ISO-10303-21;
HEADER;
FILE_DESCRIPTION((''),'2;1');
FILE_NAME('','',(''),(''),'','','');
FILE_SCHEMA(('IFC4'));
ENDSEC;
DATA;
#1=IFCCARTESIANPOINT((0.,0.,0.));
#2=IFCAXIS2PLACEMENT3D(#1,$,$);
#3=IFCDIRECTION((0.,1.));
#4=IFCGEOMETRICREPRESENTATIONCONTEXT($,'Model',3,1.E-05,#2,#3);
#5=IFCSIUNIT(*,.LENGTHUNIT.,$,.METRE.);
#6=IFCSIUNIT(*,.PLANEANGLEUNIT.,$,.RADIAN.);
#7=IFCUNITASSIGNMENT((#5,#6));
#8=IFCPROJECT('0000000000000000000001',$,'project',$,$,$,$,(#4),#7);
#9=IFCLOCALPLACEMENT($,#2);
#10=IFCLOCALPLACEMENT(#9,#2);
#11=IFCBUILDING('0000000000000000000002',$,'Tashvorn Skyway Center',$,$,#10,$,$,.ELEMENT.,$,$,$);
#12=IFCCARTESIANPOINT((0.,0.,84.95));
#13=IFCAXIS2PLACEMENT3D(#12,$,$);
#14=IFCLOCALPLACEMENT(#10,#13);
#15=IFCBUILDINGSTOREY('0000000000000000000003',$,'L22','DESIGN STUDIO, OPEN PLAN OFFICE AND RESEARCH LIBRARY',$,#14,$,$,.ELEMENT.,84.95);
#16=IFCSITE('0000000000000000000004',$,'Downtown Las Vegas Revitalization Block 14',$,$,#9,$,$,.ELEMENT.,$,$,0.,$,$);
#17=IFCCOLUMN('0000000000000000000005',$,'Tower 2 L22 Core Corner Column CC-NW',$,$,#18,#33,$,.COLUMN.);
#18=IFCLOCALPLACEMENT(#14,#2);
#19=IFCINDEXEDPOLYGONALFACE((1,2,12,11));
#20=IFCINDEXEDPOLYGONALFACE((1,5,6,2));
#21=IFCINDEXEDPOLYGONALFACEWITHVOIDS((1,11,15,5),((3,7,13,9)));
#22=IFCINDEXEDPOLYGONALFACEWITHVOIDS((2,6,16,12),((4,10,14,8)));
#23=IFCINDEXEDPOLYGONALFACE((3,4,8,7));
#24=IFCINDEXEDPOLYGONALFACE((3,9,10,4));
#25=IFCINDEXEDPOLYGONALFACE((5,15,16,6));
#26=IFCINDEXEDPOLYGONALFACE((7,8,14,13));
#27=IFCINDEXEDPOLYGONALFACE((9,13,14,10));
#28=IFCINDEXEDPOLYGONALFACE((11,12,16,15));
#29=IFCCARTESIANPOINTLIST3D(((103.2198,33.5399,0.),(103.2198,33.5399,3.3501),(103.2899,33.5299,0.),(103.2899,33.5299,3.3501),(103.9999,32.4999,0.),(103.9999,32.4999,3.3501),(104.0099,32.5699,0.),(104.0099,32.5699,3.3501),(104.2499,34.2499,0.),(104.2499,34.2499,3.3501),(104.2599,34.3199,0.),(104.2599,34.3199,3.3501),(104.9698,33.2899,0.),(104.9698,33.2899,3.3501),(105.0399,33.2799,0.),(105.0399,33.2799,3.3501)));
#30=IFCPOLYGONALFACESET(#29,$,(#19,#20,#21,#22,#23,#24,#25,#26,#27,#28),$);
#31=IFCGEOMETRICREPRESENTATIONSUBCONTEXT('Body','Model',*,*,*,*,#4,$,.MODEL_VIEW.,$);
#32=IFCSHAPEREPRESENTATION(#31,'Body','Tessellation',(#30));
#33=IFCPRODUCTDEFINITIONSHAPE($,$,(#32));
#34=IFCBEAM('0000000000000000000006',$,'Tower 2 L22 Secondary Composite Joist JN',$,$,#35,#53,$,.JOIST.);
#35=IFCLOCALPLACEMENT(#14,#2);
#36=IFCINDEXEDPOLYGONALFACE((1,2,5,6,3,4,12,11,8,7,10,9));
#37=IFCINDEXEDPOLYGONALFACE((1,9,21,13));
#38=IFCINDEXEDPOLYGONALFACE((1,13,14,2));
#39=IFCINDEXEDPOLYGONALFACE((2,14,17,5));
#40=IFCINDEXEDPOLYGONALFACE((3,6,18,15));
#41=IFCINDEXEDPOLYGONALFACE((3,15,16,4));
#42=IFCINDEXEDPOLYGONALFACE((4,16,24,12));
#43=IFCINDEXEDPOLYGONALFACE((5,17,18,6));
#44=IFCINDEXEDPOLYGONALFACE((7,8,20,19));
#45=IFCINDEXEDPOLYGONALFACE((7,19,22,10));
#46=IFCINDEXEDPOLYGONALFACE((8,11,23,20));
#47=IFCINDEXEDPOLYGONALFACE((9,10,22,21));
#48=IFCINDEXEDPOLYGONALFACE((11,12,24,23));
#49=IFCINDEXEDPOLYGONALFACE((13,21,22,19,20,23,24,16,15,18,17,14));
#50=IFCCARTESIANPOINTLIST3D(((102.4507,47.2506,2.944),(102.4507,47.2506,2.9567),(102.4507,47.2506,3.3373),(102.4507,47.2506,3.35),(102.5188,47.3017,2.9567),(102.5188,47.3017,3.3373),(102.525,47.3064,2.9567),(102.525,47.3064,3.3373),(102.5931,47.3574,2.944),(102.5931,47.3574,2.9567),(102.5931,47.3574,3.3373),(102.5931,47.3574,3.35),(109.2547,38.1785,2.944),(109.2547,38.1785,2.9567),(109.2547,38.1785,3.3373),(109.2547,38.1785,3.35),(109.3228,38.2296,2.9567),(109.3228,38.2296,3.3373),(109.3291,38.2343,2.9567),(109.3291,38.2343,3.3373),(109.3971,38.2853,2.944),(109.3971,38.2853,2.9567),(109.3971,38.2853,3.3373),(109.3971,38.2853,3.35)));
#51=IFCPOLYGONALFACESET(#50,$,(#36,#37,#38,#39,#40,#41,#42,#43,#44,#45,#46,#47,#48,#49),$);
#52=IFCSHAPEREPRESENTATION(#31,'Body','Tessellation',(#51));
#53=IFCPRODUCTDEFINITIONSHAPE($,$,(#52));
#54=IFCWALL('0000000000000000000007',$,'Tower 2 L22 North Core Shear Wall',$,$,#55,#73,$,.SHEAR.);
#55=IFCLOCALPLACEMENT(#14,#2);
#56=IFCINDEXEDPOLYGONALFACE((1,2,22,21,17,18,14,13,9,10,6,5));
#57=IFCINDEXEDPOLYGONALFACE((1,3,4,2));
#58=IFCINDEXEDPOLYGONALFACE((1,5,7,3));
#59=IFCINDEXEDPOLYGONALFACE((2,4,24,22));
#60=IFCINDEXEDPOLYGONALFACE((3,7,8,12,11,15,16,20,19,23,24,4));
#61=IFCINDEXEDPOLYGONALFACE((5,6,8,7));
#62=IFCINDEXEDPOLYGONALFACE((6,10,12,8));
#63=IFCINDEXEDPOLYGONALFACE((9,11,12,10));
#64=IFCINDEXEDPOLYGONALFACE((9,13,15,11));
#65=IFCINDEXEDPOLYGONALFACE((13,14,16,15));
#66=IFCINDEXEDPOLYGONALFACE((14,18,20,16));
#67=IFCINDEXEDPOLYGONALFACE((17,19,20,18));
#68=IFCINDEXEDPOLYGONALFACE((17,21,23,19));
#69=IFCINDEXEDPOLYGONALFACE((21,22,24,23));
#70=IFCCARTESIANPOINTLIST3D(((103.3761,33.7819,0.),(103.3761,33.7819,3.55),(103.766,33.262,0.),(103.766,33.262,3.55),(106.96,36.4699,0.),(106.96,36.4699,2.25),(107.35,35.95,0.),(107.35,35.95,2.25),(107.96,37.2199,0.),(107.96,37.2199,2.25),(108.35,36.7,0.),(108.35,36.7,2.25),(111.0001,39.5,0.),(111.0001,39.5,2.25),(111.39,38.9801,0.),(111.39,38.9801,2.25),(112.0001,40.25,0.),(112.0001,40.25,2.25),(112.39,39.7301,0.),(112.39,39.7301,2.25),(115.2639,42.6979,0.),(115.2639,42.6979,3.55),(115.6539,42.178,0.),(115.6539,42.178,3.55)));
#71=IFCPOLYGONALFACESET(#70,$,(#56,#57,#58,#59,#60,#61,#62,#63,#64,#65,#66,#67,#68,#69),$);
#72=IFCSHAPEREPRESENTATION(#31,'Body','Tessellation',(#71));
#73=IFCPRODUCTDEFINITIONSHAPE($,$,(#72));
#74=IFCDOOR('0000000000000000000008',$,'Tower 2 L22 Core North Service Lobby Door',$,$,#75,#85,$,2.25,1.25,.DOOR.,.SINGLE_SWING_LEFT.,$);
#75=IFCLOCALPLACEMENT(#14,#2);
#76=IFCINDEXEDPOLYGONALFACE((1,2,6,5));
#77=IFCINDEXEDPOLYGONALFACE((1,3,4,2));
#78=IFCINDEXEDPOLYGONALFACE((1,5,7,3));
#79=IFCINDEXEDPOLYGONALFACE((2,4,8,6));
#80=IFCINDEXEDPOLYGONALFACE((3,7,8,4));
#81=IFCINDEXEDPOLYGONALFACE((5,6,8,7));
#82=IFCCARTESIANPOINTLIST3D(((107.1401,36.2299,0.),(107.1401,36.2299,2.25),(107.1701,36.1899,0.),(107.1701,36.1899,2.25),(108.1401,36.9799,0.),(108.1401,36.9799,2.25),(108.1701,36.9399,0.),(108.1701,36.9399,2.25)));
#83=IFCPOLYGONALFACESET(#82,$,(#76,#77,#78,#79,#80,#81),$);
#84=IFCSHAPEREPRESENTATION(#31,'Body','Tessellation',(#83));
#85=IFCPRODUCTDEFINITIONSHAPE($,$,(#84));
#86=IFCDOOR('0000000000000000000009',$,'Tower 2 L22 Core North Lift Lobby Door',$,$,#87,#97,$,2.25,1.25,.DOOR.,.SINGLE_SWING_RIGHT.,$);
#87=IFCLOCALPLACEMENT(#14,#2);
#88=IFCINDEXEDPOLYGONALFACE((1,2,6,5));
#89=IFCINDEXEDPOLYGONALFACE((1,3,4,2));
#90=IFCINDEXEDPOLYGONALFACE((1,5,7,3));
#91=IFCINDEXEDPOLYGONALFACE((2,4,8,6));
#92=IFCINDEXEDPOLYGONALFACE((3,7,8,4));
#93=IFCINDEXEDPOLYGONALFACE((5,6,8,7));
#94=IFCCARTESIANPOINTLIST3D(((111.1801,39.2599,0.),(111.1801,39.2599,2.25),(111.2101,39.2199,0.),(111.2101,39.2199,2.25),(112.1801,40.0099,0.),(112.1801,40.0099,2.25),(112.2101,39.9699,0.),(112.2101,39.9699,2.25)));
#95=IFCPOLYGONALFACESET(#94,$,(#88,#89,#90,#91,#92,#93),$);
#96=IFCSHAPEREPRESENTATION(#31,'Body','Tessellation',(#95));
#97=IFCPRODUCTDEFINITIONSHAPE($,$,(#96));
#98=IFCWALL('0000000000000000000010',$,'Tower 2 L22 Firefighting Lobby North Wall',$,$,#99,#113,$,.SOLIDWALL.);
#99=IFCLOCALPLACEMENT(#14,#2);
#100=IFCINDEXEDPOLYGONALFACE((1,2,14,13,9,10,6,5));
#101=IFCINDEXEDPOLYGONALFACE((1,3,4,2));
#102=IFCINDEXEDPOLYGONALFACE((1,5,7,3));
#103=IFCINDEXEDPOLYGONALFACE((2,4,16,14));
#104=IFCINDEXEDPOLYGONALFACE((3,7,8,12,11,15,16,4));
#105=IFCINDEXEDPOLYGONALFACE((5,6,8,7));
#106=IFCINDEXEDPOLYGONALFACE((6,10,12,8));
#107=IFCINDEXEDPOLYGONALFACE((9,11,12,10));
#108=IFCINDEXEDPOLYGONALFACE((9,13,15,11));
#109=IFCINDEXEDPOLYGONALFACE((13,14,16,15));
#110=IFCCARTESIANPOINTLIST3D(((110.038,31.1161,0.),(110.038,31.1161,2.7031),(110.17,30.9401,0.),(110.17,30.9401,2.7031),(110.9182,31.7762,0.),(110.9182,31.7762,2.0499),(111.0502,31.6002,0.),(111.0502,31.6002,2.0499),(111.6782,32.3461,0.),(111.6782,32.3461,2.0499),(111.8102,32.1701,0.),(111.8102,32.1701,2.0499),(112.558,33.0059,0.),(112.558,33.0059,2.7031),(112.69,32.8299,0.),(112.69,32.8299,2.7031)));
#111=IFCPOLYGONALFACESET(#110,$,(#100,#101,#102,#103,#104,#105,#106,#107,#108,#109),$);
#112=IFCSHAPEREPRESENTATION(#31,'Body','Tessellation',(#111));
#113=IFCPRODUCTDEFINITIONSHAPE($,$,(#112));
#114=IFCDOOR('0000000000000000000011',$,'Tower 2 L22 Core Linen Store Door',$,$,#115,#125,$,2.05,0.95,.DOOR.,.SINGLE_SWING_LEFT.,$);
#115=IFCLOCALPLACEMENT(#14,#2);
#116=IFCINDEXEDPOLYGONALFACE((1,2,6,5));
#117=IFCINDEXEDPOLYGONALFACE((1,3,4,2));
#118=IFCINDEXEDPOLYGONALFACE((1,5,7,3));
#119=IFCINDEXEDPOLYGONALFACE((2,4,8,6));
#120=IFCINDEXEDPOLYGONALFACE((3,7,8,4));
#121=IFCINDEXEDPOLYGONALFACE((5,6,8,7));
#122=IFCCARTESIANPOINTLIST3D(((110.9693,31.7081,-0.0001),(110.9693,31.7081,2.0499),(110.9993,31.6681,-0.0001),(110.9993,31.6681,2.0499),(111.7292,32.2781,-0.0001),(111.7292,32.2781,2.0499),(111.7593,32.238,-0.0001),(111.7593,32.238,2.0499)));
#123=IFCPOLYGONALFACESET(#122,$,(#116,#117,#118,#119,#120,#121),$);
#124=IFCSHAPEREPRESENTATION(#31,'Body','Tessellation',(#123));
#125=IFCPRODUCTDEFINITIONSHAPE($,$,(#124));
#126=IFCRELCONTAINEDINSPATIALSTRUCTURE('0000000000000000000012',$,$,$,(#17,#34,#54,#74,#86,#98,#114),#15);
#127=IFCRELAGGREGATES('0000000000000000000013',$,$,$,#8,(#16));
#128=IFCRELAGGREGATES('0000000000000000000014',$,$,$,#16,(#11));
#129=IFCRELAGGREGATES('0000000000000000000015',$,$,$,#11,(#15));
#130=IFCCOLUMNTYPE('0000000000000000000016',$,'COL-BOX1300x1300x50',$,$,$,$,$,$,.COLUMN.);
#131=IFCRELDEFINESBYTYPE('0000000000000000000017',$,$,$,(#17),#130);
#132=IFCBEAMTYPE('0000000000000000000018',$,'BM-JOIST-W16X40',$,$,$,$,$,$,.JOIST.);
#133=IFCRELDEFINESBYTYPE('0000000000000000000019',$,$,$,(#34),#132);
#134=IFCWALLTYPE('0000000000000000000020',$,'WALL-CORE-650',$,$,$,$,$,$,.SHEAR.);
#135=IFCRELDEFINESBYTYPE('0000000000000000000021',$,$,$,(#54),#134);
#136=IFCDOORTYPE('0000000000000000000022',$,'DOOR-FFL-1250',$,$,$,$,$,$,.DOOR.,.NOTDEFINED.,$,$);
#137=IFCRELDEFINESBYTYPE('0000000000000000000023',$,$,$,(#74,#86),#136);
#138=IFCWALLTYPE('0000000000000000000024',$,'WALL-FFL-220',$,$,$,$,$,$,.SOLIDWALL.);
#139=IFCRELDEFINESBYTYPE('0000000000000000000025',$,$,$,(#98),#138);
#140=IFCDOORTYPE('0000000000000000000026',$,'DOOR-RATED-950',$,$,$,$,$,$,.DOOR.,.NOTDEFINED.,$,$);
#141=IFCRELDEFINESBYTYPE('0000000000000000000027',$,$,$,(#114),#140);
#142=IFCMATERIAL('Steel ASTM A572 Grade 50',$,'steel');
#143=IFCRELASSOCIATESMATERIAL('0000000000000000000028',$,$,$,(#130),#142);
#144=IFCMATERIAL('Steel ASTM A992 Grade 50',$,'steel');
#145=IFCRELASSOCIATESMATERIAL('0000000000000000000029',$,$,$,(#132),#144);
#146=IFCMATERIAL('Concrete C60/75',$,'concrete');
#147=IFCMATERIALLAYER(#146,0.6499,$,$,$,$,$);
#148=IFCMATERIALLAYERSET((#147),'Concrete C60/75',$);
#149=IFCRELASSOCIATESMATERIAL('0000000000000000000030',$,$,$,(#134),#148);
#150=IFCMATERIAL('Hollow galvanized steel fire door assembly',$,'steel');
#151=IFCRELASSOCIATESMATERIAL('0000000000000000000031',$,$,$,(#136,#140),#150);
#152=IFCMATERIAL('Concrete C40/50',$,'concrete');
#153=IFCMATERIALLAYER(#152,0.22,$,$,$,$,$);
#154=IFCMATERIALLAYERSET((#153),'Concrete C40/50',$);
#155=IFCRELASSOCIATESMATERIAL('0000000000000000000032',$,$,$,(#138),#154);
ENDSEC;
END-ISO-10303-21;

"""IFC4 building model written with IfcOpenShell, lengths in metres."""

from ifc_helpers import new_model, si_unit, direction, frame, frame_2d, origin, origin_2d, place, context, subcontext, project, spatial, rectangle, hollow_rectangle, i_section, extrude, material, layer, layer_set, material_profile, profile_set, type_object, element, fill, save


model = new_model("IFC4")

# Units and contexts
model_context = context("Model", 3, precision=1e-05, world=origin(), true_north=direction((0.0, 1.0)))
body_context = subcontext(model_context, "Body", "Model", "MODEL_VIEW")
ifc_project = project(units=[si_unit("LENGTHUNIT", "METRE"), si_unit("PLANEANGLEUNIT", "RADIAN")], contexts=[model_context])

# Site, building, storey
site_placement = place(None, origin())
site = spatial("IfcSite", under=ifc_project, at=site_placement, Name="Downtown Las Vegas Revitalization Block 14", CompositionType="ELEMENT", RefElevation=0.0)
building_placement = place(site_placement, origin())
building = spatial("IfcBuilding", under=site, at=building_placement, Name="Tashvorn Skyway Center", CompositionType="ELEMENT")
storey_placement = place(building_placement, frame((0.0, 0.0, 84.95)))
storey = spatial("IfcBuildingStorey", under=building, at=storey_placement, Name="L22", Description="DESIGN STUDIO, OPEN PLAN OFFICE AND RESEARCH LIBRARY", CompositionType="ELEMENT", Elevation=84.95)

# Column
ifc_material_1 = material(Name="Steel ASTM A572 Grade 50", Category="steel")
ifc_material_profile_1 = material_profile(ifc_material_1, hollow_rectangle(XDim=1.3, YDim=1.3, WallThickness=0.05, at=origin_2d()), Name="BOX1300x1300x50")
ifc_profile_set_1 = profile_set([ifc_material_profile_1], Name="Steel ASTM A572 Grade 50")
column_type = type_object("IfcColumnType", Name="COL-BOX1300x1300x50", PredefinedType="COLUMN", material=ifc_profile_set_1)
column_placement = place(storey_placement, frame((104.1299, 33.4099, 0.0), z_axis=(0.0, 0.0, 1.0), x_axis=(0.8, 0.6, 0.0)))
element("IfcColumn", 1, at=column_placement, inside=storey, type_object=column_type, Name="Tower 2 L22 Core Corner Column CC-NW", PredefinedType="COLUMN", context=body_context, shape_type="SweptSolid", body=[
    extrude(hollow_rectangle(XDim=1.3, YDim=1.3, WallThickness=0.05, at=origin_2d()), origin(), (0.0, 0.0, 1.0), 3.3501),
])

# Beam
ifc_material_2 = material(Name="Steel ASTM A992 Grade 50", Category="steel")
ifc_material_profile_2 = material_profile(ifc_material_2, i_section(OverallWidth=0.178, OverallDepth=0.406, WebThickness=0.0078, FlangeThickness=0.0127, at=origin_2d()), Name="W16X40")
ifc_profile_set_2 = profile_set([ifc_material_profile_2], Name="Steel ASTM A992 Grade 50")
beam_type = type_object("IfcBeamType", Name="BM-JOIST-W16X40", PredefinedType="JOIST", material=ifc_profile_set_2)
beam_placement = place(storey_placement, frame((109.3259, 38.2319, 3.147), z_axis=(-0.599997, 0.800003, 0.0), x_axis=(-0.800003, -0.599997, 0.0)))
element("IfcBeam", 2, at=beam_placement, inside=storey, type_object=beam_type, Name="Tower 2 L22 Secondary Composite Joist JN", PredefinedType="JOIST", context=body_context, shape_type="SweptSolid", body=[
    extrude(i_section(OverallWidth=0.178, OverallDepth=0.406, WebThickness=0.0078, FlangeThickness=0.0127, at=origin_2d()), origin(), (0.0, 0.0, 1.0), 11.3401),
])

# Wall, openings, doors
ifc_material_3 = material(Name="Concrete C60/75", Category="concrete")
ifc_layer_1 = layer(ifc_material_3, 0.6499)
ifc_layer_set_1 = layer_set([ifc_layer_1], Name="Concrete C60/75")
wall_type_1 = type_object("IfcWallType", Name="WALL-CORE-650", PredefinedType="SHEAR", material=ifc_layer_set_1)
wall_1_placement = place(storey_placement, frame((103.571, 33.522, 0.0), z_axis=(0.0, 0.0, 1.0), x_axis=(0.799998, 0.600003, 0.0)))
wall_1 = element("IfcWall", 3, at=wall_1_placement, inside=storey, type_object=wall_type_1, Name="Tower 2 L22 North Core Shear Wall", PredefinedType="SHEAR", context=body_context, shape_type="SweptSolid", body=[
    extrude(rectangle(XDim=14.8599, YDim=0.6499, at=frame_2d((7.4299, 0.0))), origin(), (0.0, 0.0, 1.0), 3.55),
])
opening_1_placement = place(wall_1_placement, frame((4.48, 0.0, 0.0)))
opening_1 = element("IfcOpeningElement", 4, at=opening_1_placement, cuts=wall_1, PredefinedType="OPENING", context=body_context, shape_type="SweptSolid", body=[
    extrude(rectangle(XDim=1.25, YDim=2.25, at=frame_2d((0.625, 1.125))), frame((0.0, 0.335, 0.0), z_axis=(0.0, -1.0, 0.0), x_axis=(1.0, 0.0, 0.0)), (0.0, 0.0, 1.0), 0.6699),
])
opening_2_placement = place(wall_1_placement, frame((9.53, 0.0, 0.0)))
opening_2 = element("IfcOpeningElement", 5, at=opening_2_placement, cuts=wall_1, PredefinedType="OPENING", context=body_context, shape_type="SweptSolid", body=[
    extrude(rectangle(XDim=1.25, YDim=2.25, at=frame_2d((0.625, 1.125))), frame((0.0, 0.335, 0.0), z_axis=(0.0, -1.0, 0.0), x_axis=(1.0, 0.0, 0.0)), (0.0, 0.0, 1.0), 0.6699),
])
ifc_material_4 = material(Name="Hollow galvanized steel fire door assembly", Category="steel")
door_type_1 = type_object("IfcDoorType", Name="DOOR-FFL-1250", OperationType="NOTDEFINED", PredefinedType="DOOR", material=ifc_material_4)
door_1_placement = place(opening_1_placement, origin())
door_1 = element("IfcDoor", 6, at=door_1_placement, inside=storey, type_object=door_type_1, Name="Tower 2 L22 Core North Service Lobby Door", OperationType="SINGLE_SWING_LEFT", OverallHeight=2.25, OverallWidth=1.25, PredefinedType="DOOR", context=body_context, shape_type="SweptSolid", body=[
    extrude(rectangle(XDim=1.25, YDim=2.25, at=frame_2d((0.625, 1.125))), frame((0.0, 0.0249, 0.0), z_axis=(0.0, -1.0, 0.0), x_axis=(1.0, 0.0, 0.0)), (0.0, 0.0, 1.0), 0.05),
])
fill(opening_1, door_1)
door_2_placement = place(opening_2_placement, origin())
door_2 = element("IfcDoor", 7, at=door_2_placement, inside=storey, type_object=door_type_1, Name="Tower 2 L22 Core North Lift Lobby Door", OperationType="SINGLE_SWING_RIGHT", OverallHeight=2.25, OverallWidth=1.25, PredefinedType="DOOR", context=body_context, shape_type="SweptSolid", body=[
    extrude(rectangle(XDim=1.25, YDim=2.25, at=frame_2d((0.625, 1.125))), frame((0.0, 0.0249, 0.0), z_axis=(0.0, -1.0, 0.0), x_axis=(1.0, 0.0, 0.0)), (0.0, 0.0, 1.0), 0.05),
])
fill(opening_2, door_2)

# Wall, opening, door
ifc_material_5 = material(Name="Concrete C40/50", Category="concrete")
ifc_layer_2 = layer(ifc_material_5, 0.22)
ifc_layer_set_2 = layer_set([ifc_layer_2], Name="Concrete C40/50")
wall_type_2 = type_object("IfcWallType", Name="WALL-FFL-220", PredefinedType="SOLIDWALL", material=ifc_layer_set_2)
wall_2_placement = place(storey_placement, frame((110.104, 31.0281, 0.0), z_axis=(0.0, 0.0, 1.0), x_axis=(0.800019, 0.599975, 0.0)))
wall_2 = element("IfcWall", 8, at=wall_2_placement, inside=storey, type_object=wall_type_2, Name="Tower 2 L22 Firefighting Lobby North Wall", PredefinedType="SOLIDWALL", context=body_context, shape_type="SweptSolid", body=[
    extrude(rectangle(XDim=3.1499, YDim=0.22, at=frame_2d((1.575, 0.0))), origin(), (0.0, 0.0, 1.0), 2.7031),
])
opening_3_placement = place(wall_2_placement, frame((1.1001, 0.0, 0.0)))
opening_3 = element("IfcOpeningElement", 9, at=opening_3_placement, cuts=wall_2, PredefinedType="OPENING", context=body_context, shape_type="SweptSolid", body=[
    extrude(rectangle(XDim=0.95, YDim=2.05, at=frame_2d((0.4751, 1.0249))), frame((0.0, 0.1199, 0.0), z_axis=(0.0, -1.0, 0.0), x_axis=(1.0, 0.0, 0.0)), (0.0, 0.0, 1.0), 0.24),
])
door_type_2 = type_object("IfcDoorType", Name="DOOR-RATED-950", OperationType="NOTDEFINED", PredefinedType="DOOR", material=ifc_material_4)
door_3_placement = place(opening_3_placement, origin())
door_3 = element("IfcDoor", 10, at=door_3_placement, inside=storey, type_object=door_type_2, Name="Tower 2 L22 Core Linen Store Door", OperationType="SINGLE_SWING_LEFT", OverallHeight=2.05, OverallWidth=0.95, PredefinedType="DOOR", context=body_context, shape_type="SweptSolid", body=[
    extrude(rectangle(XDim=0.95, YDim=2.05, at=frame_2d((0.4751, 1.0249))), frame((0.0, 0.0249, 0.0), z_axis=(0.0, -1.0, 0.0), x_axis=(1.0, 0.0, 0.0)), (0.0, 0.0, 1.0), 0.05),
])
fill(opening_3, door_3)

save(model, "model.ifc")
